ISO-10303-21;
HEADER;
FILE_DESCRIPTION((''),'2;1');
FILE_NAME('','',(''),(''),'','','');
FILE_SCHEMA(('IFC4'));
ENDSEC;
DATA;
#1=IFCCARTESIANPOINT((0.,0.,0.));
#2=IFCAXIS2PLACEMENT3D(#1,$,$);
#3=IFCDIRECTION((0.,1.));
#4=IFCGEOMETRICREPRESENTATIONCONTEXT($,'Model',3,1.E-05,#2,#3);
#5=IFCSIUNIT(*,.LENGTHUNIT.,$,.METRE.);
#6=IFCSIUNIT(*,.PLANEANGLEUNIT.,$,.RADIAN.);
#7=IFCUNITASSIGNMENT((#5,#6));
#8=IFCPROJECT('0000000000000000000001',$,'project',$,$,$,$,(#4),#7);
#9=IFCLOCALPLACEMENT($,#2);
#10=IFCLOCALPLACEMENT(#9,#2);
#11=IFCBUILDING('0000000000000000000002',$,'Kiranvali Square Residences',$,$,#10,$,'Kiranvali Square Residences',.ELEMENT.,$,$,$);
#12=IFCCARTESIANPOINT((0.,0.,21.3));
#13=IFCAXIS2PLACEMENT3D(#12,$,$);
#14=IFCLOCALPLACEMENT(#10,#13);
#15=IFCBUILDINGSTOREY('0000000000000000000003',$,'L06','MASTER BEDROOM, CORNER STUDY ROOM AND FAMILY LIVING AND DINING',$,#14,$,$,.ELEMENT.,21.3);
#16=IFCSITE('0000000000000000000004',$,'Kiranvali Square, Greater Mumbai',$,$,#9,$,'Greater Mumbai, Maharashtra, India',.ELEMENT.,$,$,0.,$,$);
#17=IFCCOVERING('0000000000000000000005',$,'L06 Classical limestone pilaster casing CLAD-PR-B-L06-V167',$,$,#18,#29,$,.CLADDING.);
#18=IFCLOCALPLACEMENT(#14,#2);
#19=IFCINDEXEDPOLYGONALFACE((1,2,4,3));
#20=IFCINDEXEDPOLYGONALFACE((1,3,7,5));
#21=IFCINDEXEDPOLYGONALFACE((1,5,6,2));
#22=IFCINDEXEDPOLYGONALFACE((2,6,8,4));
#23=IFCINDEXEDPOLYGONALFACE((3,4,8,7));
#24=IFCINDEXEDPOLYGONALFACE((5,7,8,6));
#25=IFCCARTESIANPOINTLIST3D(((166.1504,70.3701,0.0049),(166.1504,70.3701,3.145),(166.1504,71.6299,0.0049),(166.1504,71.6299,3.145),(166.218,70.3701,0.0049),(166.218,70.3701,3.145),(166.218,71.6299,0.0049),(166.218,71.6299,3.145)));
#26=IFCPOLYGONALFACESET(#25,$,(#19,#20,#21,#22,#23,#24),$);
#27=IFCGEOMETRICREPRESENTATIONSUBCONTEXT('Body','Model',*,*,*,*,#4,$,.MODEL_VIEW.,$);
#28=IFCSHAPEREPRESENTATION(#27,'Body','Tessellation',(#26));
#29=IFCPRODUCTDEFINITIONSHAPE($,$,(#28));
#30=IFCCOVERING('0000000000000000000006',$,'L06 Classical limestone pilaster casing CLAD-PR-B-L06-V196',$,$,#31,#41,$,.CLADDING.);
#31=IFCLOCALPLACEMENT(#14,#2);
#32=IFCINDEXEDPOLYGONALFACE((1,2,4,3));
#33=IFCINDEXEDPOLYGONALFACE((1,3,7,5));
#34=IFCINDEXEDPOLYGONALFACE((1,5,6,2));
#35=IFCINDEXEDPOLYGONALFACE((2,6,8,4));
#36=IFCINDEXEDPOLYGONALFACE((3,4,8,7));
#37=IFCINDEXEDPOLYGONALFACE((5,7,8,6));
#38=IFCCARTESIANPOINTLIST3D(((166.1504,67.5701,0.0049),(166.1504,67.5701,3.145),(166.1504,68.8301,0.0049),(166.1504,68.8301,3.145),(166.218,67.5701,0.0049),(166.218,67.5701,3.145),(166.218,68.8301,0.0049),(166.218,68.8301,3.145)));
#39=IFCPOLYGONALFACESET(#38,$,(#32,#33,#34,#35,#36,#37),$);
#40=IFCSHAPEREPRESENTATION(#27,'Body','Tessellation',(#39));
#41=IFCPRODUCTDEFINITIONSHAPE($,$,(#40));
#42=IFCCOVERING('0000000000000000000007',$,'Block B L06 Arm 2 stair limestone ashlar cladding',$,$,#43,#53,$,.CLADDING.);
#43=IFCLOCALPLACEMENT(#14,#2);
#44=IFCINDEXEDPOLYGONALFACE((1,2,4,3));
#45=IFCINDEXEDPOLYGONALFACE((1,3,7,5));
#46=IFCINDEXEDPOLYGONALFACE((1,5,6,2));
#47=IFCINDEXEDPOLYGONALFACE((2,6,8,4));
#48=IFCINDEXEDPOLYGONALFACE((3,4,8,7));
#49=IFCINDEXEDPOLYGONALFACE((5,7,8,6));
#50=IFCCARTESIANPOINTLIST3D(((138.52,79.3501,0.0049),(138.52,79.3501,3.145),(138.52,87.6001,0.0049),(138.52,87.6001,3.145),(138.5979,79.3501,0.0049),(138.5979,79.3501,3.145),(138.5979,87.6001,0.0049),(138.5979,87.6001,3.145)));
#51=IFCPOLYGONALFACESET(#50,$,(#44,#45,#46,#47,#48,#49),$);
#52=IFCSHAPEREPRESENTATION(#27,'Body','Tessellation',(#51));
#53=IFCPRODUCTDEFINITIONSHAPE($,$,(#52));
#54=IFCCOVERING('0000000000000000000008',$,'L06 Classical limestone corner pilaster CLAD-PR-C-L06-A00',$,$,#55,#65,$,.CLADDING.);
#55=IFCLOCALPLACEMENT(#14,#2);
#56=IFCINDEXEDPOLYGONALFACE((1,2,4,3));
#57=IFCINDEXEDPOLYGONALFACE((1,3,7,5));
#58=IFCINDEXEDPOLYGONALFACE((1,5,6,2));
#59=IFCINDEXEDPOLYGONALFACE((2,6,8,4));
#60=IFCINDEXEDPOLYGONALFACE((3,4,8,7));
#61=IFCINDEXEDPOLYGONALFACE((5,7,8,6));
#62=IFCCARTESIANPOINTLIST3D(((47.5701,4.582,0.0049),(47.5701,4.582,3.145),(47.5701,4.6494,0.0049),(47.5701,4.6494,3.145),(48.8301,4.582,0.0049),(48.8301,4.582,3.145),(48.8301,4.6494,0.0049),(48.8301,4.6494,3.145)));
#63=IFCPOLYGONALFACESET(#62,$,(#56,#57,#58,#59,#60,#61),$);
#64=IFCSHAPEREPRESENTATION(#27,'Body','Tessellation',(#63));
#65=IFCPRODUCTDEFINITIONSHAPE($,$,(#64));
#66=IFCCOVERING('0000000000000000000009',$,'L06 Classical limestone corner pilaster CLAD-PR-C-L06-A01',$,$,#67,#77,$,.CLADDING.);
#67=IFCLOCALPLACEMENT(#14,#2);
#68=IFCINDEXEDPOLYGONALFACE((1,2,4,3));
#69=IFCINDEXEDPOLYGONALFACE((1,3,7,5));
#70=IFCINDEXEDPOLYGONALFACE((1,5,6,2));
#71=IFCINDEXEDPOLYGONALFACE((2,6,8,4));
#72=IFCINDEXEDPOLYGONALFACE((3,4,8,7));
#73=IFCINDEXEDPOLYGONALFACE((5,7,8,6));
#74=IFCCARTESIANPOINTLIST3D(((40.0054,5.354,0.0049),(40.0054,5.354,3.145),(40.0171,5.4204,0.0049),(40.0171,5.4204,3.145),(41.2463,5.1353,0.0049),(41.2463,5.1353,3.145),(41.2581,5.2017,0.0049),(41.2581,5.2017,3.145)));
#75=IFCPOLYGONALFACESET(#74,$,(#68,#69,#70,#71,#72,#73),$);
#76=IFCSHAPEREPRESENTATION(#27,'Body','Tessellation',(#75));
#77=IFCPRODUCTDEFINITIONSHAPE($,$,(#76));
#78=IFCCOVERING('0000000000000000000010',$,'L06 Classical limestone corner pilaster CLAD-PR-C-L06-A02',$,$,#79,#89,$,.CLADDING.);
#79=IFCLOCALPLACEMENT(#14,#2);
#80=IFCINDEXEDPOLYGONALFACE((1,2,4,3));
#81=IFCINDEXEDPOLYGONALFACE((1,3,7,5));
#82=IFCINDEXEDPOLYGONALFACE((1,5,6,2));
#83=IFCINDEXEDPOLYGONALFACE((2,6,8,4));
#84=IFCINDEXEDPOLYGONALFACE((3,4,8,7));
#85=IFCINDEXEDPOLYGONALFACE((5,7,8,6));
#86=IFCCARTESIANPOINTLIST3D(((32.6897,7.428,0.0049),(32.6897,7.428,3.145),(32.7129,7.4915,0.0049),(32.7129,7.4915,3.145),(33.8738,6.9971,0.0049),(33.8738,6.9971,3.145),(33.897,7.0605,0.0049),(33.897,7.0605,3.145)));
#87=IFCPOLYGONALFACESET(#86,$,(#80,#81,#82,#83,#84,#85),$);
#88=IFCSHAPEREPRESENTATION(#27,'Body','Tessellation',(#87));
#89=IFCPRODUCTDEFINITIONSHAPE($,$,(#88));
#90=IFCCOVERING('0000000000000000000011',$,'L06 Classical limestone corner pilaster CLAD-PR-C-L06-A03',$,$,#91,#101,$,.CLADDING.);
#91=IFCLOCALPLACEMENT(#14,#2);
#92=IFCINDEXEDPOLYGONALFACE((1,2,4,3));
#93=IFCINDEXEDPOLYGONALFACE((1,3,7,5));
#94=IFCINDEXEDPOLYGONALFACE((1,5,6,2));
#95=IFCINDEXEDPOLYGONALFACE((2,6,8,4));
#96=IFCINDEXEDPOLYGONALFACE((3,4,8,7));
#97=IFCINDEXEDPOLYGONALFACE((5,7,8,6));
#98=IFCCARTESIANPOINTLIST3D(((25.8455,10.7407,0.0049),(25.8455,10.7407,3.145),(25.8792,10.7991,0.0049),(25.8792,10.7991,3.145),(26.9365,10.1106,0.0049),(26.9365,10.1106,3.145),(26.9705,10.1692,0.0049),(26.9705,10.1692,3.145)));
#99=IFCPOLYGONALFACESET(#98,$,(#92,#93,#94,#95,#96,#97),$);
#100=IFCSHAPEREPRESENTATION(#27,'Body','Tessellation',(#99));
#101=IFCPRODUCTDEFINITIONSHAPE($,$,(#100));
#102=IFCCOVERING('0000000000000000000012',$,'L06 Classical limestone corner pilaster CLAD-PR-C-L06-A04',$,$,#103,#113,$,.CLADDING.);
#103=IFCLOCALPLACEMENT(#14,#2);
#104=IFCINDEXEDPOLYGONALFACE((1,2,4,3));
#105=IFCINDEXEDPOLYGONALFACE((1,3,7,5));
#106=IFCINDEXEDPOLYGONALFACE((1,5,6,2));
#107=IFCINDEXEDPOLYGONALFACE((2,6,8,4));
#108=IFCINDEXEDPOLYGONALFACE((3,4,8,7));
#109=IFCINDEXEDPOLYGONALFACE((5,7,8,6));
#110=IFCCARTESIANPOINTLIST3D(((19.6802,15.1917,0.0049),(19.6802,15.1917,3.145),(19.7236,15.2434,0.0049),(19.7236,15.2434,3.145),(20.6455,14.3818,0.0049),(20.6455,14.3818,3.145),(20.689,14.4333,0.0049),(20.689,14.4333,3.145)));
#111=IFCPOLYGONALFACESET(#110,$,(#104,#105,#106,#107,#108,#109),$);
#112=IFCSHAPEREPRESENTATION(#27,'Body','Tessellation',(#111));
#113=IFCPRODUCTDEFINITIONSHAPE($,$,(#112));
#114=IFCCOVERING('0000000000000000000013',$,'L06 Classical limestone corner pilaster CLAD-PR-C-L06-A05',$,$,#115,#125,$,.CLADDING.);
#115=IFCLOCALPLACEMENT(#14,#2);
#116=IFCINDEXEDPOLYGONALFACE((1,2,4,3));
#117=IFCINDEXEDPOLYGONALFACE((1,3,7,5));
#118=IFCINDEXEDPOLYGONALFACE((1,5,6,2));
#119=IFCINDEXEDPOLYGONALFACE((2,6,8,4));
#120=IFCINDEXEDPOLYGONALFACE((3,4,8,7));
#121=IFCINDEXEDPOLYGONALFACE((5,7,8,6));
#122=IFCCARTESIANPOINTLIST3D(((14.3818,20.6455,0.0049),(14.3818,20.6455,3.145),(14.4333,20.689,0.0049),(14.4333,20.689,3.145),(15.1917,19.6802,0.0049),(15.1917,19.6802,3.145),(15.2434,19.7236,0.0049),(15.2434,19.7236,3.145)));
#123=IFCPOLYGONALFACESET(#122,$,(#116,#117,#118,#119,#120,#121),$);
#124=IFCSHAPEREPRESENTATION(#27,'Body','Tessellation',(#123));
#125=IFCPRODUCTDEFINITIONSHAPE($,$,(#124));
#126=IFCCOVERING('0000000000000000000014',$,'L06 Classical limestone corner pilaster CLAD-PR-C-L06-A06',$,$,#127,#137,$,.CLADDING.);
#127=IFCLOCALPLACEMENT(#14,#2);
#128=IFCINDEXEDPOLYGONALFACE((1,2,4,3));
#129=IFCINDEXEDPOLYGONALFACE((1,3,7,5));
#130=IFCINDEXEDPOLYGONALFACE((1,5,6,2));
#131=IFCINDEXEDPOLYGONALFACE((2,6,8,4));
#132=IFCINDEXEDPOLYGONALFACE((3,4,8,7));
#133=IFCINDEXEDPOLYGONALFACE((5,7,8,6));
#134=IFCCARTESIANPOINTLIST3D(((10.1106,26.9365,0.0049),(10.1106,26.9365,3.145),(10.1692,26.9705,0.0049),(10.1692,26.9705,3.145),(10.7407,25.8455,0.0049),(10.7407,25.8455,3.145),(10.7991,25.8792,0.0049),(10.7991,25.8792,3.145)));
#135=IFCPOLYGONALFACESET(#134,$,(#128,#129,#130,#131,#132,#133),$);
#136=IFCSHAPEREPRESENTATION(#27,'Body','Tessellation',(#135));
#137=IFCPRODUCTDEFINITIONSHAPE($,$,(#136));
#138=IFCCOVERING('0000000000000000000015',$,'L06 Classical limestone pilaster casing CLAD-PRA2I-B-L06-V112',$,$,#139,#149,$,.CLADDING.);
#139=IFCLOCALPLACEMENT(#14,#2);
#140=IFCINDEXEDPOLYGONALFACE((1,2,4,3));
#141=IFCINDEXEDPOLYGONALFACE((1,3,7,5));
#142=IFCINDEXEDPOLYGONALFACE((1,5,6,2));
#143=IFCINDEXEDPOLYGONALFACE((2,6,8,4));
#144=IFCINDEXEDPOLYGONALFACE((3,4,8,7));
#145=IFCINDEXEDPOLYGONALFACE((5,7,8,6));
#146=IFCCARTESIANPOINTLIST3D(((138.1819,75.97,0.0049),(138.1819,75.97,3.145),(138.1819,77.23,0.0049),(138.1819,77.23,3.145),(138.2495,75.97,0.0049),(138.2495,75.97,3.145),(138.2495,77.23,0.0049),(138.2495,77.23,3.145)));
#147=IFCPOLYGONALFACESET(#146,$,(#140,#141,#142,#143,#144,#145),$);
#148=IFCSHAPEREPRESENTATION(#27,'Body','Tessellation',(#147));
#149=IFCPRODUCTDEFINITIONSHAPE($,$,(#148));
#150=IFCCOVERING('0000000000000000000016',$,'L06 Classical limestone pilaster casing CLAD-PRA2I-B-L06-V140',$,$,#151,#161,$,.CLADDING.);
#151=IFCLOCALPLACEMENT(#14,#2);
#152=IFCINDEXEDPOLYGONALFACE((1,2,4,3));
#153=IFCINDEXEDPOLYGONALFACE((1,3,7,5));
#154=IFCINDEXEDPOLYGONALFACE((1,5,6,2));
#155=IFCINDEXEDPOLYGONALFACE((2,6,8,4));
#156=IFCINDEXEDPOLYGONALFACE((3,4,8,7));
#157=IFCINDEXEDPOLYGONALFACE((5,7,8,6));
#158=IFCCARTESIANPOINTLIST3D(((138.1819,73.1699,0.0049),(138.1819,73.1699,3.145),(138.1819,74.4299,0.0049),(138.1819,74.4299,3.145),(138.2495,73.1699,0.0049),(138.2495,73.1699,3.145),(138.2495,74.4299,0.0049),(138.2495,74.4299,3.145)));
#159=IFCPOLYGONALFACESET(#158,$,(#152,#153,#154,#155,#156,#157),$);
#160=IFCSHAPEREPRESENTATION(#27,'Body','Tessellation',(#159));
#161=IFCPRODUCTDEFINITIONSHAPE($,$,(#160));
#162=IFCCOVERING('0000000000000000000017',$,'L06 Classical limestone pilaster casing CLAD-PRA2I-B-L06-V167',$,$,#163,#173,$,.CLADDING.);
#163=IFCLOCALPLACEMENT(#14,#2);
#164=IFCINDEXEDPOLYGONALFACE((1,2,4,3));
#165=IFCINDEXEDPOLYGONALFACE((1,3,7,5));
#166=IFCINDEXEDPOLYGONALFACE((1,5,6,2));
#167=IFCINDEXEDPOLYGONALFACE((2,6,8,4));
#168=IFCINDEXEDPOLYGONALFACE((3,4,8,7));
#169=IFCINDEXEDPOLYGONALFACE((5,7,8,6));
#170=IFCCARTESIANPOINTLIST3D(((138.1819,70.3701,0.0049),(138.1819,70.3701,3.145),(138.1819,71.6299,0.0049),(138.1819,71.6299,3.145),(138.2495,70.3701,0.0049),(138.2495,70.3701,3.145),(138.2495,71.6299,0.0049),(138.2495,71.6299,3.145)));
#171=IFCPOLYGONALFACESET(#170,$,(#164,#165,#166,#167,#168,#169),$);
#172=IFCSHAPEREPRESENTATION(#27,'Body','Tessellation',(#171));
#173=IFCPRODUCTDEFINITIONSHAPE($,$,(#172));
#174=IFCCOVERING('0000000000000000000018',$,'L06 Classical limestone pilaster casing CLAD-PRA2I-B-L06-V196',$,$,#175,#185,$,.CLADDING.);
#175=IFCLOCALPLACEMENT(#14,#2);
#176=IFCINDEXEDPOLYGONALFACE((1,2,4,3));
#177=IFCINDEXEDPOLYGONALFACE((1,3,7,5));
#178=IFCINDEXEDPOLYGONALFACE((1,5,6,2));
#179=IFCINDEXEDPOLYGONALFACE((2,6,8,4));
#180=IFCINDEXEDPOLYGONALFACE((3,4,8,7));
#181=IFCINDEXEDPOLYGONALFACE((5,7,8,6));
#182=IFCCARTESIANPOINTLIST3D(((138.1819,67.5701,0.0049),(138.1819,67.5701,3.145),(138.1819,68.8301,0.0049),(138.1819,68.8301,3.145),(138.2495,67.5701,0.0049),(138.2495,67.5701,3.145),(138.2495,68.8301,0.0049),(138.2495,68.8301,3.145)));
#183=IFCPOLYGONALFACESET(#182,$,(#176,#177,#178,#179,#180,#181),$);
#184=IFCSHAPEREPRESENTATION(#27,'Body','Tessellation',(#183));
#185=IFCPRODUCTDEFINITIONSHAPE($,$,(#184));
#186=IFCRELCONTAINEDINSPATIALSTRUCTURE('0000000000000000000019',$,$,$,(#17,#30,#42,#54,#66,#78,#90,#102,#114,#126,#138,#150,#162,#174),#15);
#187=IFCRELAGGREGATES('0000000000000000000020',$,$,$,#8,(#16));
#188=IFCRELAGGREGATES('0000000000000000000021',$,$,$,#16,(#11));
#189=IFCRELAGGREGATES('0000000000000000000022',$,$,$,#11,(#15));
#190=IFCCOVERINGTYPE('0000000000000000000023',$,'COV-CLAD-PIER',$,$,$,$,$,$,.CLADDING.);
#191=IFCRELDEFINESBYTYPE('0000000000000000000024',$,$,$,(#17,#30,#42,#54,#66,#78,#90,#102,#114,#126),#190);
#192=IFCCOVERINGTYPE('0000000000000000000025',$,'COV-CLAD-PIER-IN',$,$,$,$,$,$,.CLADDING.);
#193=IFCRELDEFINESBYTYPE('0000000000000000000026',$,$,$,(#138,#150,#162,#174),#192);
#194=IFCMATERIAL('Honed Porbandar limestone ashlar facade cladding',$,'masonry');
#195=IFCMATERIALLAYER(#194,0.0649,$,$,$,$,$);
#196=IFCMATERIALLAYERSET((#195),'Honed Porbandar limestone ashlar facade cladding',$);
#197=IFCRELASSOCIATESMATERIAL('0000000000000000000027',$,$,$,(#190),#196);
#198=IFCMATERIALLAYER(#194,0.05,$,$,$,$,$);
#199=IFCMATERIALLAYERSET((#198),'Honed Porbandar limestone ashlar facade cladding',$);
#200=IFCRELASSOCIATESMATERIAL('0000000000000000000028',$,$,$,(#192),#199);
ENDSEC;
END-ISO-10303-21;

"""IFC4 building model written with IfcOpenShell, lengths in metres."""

from ifc_helpers import new_model, si_unit, direction, frame, origin, place, context, subcontext, project, spatial, polyline, outline, extrude, material, layer, layer_set, type_object, element, save


model = new_model("IFC4")

# Units and contexts
model_context = context("Model", 3, precision=1e-05, world=origin(), true_north=direction((0.0, 1.0)))
body_context = subcontext(model_context, "Body", "Model", "MODEL_VIEW")
ifc_project = project(units=[si_unit("LENGTHUNIT", "METRE"), si_unit("PLANEANGLEUNIT", "RADIAN")], contexts=[model_context])

# Site, building, storey
site_placement = place(None, origin())
site = spatial("IfcSite", under=ifc_project, at=site_placement, Name="Kiranvali Square, Greater Mumbai", LongName="Greater Mumbai, Maharashtra, India", CompositionType="ELEMENT", RefElevation=0.0)
building_placement = place(site_placement, origin())
building = spatial("IfcBuilding", under=site, at=building_placement, Name="Kiranvali Square Residences", LongName="Kiranvali Square Residences", CompositionType="ELEMENT")
storey_placement = place(building_placement, frame((0.0, 0.0, 21.3)))
storey = spatial("IfcBuildingStorey", under=building, at=storey_placement, Name="L06", Description="MASTER BEDROOM, CORNER STUDY ROOM AND FAMILY LIVING AND DINING", CompositionType="ELEMENT", Elevation=21.3)

# Coverings
ifc_material = material(Name="Honed Porbandar limestone ashlar facade cladding", Category="masonry")
ifc_layer_1 = layer(ifc_material, 0.0649)
ifc_layer_set_1 = layer_set([ifc_layer_1], Name="Honed Porbandar limestone ashlar facade cladding")
covering_type_1 = type_object("IfcCoveringType", Name="COV-CLAD-PIER", PredefinedType="CLADDING", material=ifc_layer_set_1)
covering_1_placement = place(storey_placement, frame((0.0, 0.0, 0.0049)))
element("IfcCovering", 1, at=covering_1_placement, inside=storey, type_object=covering_type_1, Name="L06 Classical limestone pilaster casing CLAD-PR-B-L06-V167", PredefinedType="CLADDING", context=body_context, shape_type="SweptSolid", body=[
    extrude(outline(polyline([(166.1504, 71.6299), (166.1504, 70.3701), (166.218, 70.3701), (166.218, 71.6299), (166.1504, 71.6299)])), origin(), (0.0, 0.0, 1.0), 3.1401),
])
covering_2_placement = place(storey_placement, frame((0.0, 0.0, 0.0049)))
element("IfcCovering", 2, at=covering_2_placement, inside=storey, type_object=covering_type_1, Name="L06 Classical limestone pilaster casing CLAD-PR-B-L06-V196", PredefinedType="CLADDING", context=body_context, shape_type="SweptSolid", body=[
    extrude(outline(polyline([(166.1504, 68.8301), (166.1504, 67.5701), (166.218, 67.5701), (166.218, 68.8301), (166.1504, 68.8301)])), origin(), (0.0, 0.0, 1.0), 3.1401),
])
covering_3_placement = place(storey_placement, frame((0.0, 0.0, 0.0049)))
element("IfcCovering", 3, at=covering_3_placement, inside=storey, type_object=covering_type_1, Name="Block B L06 Arm 2 stair limestone ashlar cladding", PredefinedType="CLADDING", context=body_context, shape_type="SweptSolid", body=[
    extrude(outline(polyline([(138.52, 87.6001), (138.52, 79.3501), (138.5979, 79.3501), (138.5979, 87.6001), (138.52, 87.6001)])), origin(), (0.0, 0.0, 1.0), 3.1401),
])
covering_4_placement = place(storey_placement, frame((0.0, 0.0, 0.0049)))
element("IfcCovering", 4, at=covering_4_placement, inside=storey, type_object=covering_type_1, Name="L06 Classical limestone corner pilaster CLAD-PR-C-L06-A00", PredefinedType="CLADDING", context=body_context, shape_type="SweptSolid", body=[
    extrude(outline(polyline([(47.5701, 4.582), (48.8301, 4.582), (48.8301, 4.6494), (47.5701, 4.6494), (47.5701, 4.582)])), origin(), (0.0, 0.0, 1.0), 3.1401),
])
covering_5_placement = place(storey_placement, frame((0.0, 0.0, 0.0049)))
element("IfcCovering", 5, at=covering_5_placement, inside=storey, type_object=covering_type_1, Name="L06 Classical limestone corner pilaster CLAD-PR-C-L06-A01", PredefinedType="CLADDING", context=body_context, shape_type="SweptSolid", body=[
    extrude(outline(polyline([(40.0054, 5.354), (41.2463, 5.1353), (41.2581, 5.2017), (40.0171, 5.4204), (40.0054, 5.354)])), origin(), (0.0, 0.0, 1.0), 3.1401),
])
covering_6_placement = place(storey_placement, frame((0.0, 0.0, 0.0049)))
element("IfcCovering", 6, at=covering_6_placement, inside=storey, type_object=covering_type_1, Name="L06 Classical limestone corner pilaster CLAD-PR-C-L06-A02", PredefinedType="CLADDING", context=body_context, shape_type="SweptSolid", body=[
    extrude(outline(polyline([(32.6897, 7.428), (33.8738, 6.9971), (33.897, 7.0605), (32.7129, 7.4915), (32.6897, 7.428)])), origin(), (0.0, 0.0, 1.0), 3.1401),
])
covering_7_placement = place(storey_placement, frame((0.0, 0.0, 0.0049)))
element("IfcCovering", 7, at=covering_7_placement, inside=storey, type_object=covering_type_1, Name="L06 Classical limestone corner pilaster CLAD-PR-C-L06-A03", PredefinedType="CLADDING", context=body_context, shape_type="SweptSolid", body=[
    extrude(outline(polyline([(25.8455, 10.7407), (26.9365, 10.1106), (26.9705, 10.1692), (25.8792, 10.7991), (25.8455, 10.7407)])), origin(), (0.0, 0.0, 1.0), 3.1401),
])
covering_8_placement = place(storey_placement, frame((0.0, 0.0, 0.0049)))
element("IfcCovering", 8, at=covering_8_placement, inside=storey, type_object=covering_type_1, Name="L06 Classical limestone corner pilaster CLAD-PR-C-L06-A04", PredefinedType="CLADDING", context=body_context, shape_type="SweptSolid", body=[
    extrude(outline(polyline([(19.6802, 15.1917), (20.6455, 14.3818), (20.689, 14.4333), (19.7236, 15.2434), (19.6802, 15.1917)])), origin(), (0.0, 0.0, 1.0), 3.1401),
])
covering_9_placement = place(storey_placement, frame((0.0, 0.0, 0.0049)))
element("IfcCovering", 9, at=covering_9_placement, inside=storey, type_object=covering_type_1, Name="L06 Classical limestone corner pilaster CLAD-PR-C-L06-A05", PredefinedType="CLADDING", context=body_context, shape_type="SweptSolid", body=[
    extrude(outline(polyline([(14.3818, 20.6455), (15.1917, 19.6802), (15.2434, 19.7236), (14.4333, 20.689), (14.3818, 20.6455)])), origin(), (0.0, 0.0, 1.0), 3.1401),
])
covering_10_placement = place(storey_placement, frame((0.0, 0.0, 0.0049)))
element("IfcCovering", 10, at=covering_10_placement, inside=storey, type_object=covering_type_1, Name="L06 Classical limestone corner pilaster CLAD-PR-C-L06-A06", PredefinedType="CLADDING", context=body_context, shape_type="SweptSolid", body=[
    extrude(outline(polyline([(10.1106, 26.9365), (10.7407, 25.8455), (10.7991, 25.8792), (10.1692, 26.9705), (10.1106, 26.9365)])), origin(), (0.0, 0.0, 1.0), 3.1401),
])
ifc_layer_2 = layer(ifc_material, 0.05)
ifc_layer_set_2 = layer_set([ifc_layer_2], Name="Honed Porbandar limestone ashlar facade cladding")
covering_type_2 = type_object("IfcCoveringType", Name="COV-CLAD-PIER-IN", PredefinedType="CLADDING", material=ifc_layer_set_2)
covering_11_placement = place(storey_placement, frame((0.0, 0.0, 0.0049)))
element("IfcCovering", 11, at=covering_11_placement, inside=storey, type_object=covering_type_2, Name="L06 Classical limestone pilaster casing CLAD-PRA2I-B-L06-V112", PredefinedType="CLADDING", context=body_context, shape_type="SweptSolid", body=[
    extrude(outline(polyline([(138.1819, 77.23), (138.1819, 75.97), (138.2495, 75.97), (138.2495, 77.23), (138.1819, 77.23)])), origin(), (0.0, 0.0, 1.0), 3.1401),
])
covering_12_placement = place(storey_placement, frame((0.0, 0.0, 0.0049)))
element("IfcCovering", 12, at=covering_12_placement, inside=storey, type_object=covering_type_2, Name="L06 Classical limestone pilaster casing CLAD-PRA2I-B-L06-V140", PredefinedType="CLADDING", context=body_context, shape_type="SweptSolid", body=[
    extrude(outline(polyline([(138.1819, 74.4299), (138.1819, 73.1699), (138.2495, 73.1699), (138.2495, 74.4299), (138.1819, 74.4299)])), origin(), (0.0, 0.0, 1.0), 3.1401),
])
covering_13_placement = place(storey_placement, frame((0.0, 0.0, 0.0049)))
element("IfcCovering", 13, at=covering_13_placement, inside=storey, type_object=covering_type_2, Name="L06 Classical limestone pilaster casing CLAD-PRA2I-B-L06-V167", PredefinedType="CLADDING", context=body_context, shape_type="SweptSolid", body=[
    extrude(outline(polyline([(138.1819, 71.6299), (138.1819, 70.3701), (138.2495, 70.3701), (138.2495, 71.6299), (138.1819, 71.6299)])), origin(), (0.0, 0.0, 1.0), 3.1401),
])
covering_14_placement = place(storey_placement, frame((0.0, 0.0, 0.0049)))
element("IfcCovering", 14, at=covering_14_placement, inside=storey, type_object=covering_type_2, Name="L06 Classical limestone pilaster casing CLAD-PRA2I-B-L06-V196", PredefinedType="CLADDING", context=body_context, shape_type="SweptSolid", body=[
    extrude(outline(polyline([(138.1819, 68.8301), (138.1819, 67.5701), (138.2495, 67.5701), (138.2495, 68.8301), (138.1819, 68.8301)])), origin(), (0.0, 0.0, 1.0), 3.1401),
])

save(model, "model.ifc")
